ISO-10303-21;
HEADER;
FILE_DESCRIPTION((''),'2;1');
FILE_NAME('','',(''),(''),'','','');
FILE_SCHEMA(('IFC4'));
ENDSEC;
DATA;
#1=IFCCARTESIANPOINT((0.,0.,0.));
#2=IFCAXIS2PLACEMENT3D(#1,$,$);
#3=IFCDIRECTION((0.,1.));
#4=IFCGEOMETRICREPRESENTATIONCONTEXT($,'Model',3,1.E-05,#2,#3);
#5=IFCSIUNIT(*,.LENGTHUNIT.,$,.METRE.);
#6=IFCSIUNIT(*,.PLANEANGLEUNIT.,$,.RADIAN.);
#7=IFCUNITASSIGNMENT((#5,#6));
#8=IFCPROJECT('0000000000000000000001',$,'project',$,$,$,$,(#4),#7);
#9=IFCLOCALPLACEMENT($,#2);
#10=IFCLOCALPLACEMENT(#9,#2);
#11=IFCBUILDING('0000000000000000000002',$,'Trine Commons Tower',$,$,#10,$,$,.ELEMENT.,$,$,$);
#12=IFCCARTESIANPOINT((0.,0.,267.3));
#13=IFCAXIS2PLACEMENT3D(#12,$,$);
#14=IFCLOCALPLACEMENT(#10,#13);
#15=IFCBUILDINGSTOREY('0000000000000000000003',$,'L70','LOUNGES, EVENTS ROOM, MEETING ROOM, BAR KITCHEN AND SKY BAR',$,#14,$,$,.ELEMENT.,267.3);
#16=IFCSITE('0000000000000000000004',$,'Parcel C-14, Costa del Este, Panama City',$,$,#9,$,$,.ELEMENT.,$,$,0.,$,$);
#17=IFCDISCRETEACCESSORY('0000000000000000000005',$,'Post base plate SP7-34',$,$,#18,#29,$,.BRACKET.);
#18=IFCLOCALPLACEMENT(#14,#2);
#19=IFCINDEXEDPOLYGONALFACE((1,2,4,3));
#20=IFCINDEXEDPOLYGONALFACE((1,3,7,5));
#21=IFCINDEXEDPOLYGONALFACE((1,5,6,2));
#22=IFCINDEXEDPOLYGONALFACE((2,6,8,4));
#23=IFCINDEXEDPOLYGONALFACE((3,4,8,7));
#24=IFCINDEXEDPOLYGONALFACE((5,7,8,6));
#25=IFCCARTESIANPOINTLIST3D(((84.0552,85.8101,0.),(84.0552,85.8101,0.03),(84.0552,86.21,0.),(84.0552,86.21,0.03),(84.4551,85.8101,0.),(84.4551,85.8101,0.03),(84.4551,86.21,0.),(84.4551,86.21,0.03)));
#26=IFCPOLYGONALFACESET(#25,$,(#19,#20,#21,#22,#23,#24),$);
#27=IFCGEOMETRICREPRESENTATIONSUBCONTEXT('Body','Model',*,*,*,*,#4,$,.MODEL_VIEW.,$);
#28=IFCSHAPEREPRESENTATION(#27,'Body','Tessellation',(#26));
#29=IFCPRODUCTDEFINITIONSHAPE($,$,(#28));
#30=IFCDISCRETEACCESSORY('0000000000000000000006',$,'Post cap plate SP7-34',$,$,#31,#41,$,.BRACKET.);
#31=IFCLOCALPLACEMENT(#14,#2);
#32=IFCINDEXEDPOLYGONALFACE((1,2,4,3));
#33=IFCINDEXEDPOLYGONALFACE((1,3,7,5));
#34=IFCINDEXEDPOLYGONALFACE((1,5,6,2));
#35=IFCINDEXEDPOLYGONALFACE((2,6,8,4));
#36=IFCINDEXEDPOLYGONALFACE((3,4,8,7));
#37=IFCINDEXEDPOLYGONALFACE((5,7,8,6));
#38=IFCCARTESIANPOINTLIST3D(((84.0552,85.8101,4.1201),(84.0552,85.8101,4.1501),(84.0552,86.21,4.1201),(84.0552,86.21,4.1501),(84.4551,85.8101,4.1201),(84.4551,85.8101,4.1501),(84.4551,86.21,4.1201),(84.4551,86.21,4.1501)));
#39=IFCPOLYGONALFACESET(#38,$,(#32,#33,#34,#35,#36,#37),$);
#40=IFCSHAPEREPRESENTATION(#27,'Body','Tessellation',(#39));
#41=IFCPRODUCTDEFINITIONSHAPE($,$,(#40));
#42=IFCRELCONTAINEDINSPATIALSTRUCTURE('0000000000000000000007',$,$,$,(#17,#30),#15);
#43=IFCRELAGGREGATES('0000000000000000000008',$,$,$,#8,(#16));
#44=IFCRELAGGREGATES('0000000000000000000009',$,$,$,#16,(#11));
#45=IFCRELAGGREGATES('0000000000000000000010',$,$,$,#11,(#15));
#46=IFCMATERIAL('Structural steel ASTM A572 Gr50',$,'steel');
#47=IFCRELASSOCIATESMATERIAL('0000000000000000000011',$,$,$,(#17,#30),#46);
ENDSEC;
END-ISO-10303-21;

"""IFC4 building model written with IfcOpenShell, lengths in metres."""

from ifc_helpers import new_model, si_unit, direction, frame, origin, origin_2d, place, context, subcontext, project, spatial, rectangle, extrude, material, element, save


model = new_model("IFC4")

# Units and contexts
model_context = context("Model", 3, precision=1e-05, world=origin(), true_north=direction((0.0, 1.0)))
body_context = subcontext(model_context, "Body", "Model", "MODEL_VIEW")
ifc_project = project(units=[si_unit("LENGTHUNIT", "METRE"), si_unit("PLANEANGLEUNIT", "RADIAN")], contexts=[model_context])

# Site, building, storey
site_placement = place(None, origin())
site = spatial("IfcSite", under=ifc_project, at=site_placement, Name="Parcel C-14, Costa del Este, Panama City", CompositionType="ELEMENT", RefElevation=0.0)
building_placement = place(site_placement, origin())
building = spatial("IfcBuilding", under=site, at=building_placement, Name="Trine Commons Tower", CompositionType="ELEMENT")
storey_placement = place(building_placement, frame((0.0, 0.0, 267.3)))
storey = spatial("IfcBuildingStorey", under=building, at=storey_placement, Name="L70", Description="LOUNGES, EVENTS ROOM, MEETING ROOM, BAR KITCHEN AND SKY BAR", CompositionType="ELEMENT", Elevation=267.3)

# Discrete accessories
ifc_material_1 = material(Name="Structural steel ASTM A572 Gr50", Category="steel")
for number, where, z_axis, x_axis, name in (
    (1, (84.2551, 86.01, 0.0), (0.0, 0.0, 1.0), (1.0, 0.0, 0.0), "Post base plate SP7-34"),
    (2, (84.2551, 86.01, 4.1201), (0.0, 0.0, 1.0), (1.0, 0.0, 0.0), "Post cap plate SP7-34"),
):
    element("IfcDiscreteAccessory", number, at=place(storey_placement, frame(where, z_axis=z_axis, x_axis=x_axis)), inside=storey, material=ifc_material_1, Name=name, PredefinedType="BRACKET", context=body_context, shape_type="SweptSolid", body=[
        extrude(rectangle(XDim=0.3999, YDim=0.3999, at=origin_2d()), origin(), (0.0, 0.0, 1.0), 0.03),
    ])

save(model, "model.ifc")
